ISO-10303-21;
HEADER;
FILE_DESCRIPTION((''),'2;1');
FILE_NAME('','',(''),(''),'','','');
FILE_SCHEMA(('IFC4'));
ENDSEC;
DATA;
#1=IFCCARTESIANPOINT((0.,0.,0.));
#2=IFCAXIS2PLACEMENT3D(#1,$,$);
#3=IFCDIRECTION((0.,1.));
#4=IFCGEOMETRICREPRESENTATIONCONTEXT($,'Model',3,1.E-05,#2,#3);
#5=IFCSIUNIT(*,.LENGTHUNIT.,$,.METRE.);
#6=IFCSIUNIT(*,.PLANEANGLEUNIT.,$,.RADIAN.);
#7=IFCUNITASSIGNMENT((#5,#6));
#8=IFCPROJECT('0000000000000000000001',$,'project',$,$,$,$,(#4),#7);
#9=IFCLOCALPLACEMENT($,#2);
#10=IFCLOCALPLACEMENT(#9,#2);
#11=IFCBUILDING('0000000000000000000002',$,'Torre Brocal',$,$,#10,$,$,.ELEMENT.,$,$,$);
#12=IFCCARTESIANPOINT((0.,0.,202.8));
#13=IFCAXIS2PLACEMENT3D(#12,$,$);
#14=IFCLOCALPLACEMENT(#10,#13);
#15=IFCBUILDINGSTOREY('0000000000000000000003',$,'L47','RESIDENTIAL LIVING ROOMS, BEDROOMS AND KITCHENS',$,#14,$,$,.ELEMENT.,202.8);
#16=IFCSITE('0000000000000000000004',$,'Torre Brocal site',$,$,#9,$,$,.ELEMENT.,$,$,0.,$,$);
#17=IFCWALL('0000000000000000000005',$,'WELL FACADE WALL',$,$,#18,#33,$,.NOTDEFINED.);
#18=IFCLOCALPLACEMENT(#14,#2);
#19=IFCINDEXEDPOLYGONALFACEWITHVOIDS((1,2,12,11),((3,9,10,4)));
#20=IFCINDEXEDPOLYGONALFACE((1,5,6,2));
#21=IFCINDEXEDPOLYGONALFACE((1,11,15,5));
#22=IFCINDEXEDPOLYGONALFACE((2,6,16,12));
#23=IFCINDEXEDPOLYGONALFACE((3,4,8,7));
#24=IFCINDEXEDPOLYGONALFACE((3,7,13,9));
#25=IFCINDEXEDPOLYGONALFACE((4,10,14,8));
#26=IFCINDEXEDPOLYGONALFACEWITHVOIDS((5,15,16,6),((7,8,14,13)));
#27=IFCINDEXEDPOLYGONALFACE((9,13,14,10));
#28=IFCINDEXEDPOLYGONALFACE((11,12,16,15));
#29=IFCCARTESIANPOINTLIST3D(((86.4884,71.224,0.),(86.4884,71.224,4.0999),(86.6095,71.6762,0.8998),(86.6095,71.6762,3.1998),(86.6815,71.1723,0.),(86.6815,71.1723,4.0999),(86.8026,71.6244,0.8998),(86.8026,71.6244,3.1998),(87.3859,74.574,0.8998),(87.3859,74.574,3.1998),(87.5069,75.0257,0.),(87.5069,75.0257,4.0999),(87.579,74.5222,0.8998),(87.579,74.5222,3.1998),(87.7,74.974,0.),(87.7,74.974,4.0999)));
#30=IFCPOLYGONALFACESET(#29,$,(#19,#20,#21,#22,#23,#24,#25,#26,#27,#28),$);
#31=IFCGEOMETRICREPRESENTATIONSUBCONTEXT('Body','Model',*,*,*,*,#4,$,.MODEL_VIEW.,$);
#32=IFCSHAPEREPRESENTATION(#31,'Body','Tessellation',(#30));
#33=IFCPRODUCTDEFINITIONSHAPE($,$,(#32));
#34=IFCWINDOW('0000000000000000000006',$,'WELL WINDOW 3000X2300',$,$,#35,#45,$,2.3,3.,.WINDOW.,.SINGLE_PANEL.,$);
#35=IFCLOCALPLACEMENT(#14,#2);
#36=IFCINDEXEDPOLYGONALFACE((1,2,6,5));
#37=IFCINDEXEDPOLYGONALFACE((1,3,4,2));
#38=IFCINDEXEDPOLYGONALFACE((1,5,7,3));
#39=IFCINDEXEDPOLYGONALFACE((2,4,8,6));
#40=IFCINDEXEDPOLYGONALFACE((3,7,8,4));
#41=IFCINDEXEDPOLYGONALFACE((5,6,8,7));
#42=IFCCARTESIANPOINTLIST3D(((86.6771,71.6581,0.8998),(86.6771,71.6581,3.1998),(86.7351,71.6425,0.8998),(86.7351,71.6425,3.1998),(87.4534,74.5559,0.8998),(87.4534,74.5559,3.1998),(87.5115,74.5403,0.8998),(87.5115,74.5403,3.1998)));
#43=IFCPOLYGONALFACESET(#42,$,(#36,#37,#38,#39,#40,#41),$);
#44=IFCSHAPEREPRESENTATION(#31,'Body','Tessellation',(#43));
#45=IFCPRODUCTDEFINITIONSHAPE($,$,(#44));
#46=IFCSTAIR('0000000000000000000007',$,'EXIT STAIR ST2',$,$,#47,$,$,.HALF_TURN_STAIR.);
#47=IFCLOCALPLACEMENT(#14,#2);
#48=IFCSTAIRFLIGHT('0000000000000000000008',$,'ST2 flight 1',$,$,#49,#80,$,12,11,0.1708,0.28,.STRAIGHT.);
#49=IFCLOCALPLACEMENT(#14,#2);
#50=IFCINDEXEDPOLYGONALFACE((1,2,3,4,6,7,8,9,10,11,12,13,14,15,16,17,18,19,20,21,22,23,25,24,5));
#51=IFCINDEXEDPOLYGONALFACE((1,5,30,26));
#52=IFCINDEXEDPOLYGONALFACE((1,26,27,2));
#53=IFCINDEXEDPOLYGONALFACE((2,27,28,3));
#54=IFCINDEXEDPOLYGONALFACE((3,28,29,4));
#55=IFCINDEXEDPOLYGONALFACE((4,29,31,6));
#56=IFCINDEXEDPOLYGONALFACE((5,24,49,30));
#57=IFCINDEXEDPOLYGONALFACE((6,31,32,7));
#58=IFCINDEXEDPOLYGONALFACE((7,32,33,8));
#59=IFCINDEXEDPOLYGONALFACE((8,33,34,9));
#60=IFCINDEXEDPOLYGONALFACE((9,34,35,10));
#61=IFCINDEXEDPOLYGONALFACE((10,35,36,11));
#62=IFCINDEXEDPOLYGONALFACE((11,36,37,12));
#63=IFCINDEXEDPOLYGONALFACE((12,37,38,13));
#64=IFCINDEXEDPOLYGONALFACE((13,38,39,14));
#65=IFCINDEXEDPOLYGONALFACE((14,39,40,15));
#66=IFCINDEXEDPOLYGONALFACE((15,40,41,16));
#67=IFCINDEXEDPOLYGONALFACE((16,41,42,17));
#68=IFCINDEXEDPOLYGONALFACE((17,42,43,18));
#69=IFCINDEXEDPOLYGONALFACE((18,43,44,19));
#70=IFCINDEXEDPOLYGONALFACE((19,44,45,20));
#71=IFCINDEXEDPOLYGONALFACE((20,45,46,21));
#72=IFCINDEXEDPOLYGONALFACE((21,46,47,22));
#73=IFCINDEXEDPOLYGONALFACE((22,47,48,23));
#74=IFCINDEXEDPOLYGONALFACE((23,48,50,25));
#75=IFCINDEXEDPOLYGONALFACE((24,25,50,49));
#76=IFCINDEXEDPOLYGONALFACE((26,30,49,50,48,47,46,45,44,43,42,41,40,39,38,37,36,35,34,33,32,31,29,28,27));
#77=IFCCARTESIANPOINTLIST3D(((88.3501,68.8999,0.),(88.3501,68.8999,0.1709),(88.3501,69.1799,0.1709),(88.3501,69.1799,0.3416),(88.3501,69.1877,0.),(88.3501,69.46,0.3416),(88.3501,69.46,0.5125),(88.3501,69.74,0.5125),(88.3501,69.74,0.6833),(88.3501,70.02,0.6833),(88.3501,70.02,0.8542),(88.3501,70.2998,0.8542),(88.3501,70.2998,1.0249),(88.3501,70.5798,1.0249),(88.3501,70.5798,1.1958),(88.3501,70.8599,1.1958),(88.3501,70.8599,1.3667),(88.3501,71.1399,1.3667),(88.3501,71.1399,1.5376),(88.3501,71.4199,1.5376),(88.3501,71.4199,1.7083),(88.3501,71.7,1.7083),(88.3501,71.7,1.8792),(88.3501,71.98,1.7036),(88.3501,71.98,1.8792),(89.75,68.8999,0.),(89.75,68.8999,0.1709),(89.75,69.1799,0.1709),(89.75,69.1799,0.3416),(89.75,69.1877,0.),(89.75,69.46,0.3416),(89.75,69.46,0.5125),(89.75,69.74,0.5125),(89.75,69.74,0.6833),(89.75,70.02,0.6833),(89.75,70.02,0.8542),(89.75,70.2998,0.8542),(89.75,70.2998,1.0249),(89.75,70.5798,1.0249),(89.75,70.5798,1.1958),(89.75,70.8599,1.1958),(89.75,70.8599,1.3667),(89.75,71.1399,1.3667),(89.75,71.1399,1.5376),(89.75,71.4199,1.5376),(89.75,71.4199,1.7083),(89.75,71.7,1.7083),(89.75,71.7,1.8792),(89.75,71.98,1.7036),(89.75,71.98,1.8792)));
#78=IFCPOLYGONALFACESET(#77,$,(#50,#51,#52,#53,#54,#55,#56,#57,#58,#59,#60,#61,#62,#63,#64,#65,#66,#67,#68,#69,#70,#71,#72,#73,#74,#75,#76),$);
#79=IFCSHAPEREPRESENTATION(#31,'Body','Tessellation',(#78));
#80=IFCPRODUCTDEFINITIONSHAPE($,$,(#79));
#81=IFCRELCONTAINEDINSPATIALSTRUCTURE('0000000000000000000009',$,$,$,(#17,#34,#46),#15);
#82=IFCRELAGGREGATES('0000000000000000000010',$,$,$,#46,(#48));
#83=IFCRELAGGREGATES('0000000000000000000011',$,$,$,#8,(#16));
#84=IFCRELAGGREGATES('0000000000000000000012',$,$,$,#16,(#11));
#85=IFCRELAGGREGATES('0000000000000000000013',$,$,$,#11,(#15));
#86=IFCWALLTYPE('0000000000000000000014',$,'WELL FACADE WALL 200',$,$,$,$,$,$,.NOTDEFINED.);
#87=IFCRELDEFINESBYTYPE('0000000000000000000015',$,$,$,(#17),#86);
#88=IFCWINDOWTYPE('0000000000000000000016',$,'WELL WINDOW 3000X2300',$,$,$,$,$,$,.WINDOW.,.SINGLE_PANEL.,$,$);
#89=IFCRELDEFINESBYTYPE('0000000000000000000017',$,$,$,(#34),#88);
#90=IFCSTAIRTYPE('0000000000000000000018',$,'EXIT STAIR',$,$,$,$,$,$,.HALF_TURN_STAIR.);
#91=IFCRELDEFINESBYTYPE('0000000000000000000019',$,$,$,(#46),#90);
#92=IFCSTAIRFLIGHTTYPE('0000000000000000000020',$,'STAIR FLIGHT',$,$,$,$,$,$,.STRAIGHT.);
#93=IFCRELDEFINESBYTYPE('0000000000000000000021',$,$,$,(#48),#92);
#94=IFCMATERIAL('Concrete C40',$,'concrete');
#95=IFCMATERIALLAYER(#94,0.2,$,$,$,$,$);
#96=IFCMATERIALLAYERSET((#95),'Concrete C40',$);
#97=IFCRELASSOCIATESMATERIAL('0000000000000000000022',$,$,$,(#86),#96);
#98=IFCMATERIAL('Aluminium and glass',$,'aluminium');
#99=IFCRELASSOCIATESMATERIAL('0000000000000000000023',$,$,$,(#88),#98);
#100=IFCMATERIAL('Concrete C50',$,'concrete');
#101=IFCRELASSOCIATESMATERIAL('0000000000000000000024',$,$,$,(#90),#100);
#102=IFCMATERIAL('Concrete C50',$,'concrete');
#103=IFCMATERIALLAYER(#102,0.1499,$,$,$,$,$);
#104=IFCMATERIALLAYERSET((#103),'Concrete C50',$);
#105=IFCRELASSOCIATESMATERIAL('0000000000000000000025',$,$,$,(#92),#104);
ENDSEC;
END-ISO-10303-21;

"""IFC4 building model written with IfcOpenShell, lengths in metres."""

from ifc_helpers import new_model, si_unit, direction, frame, frame_2d, origin, place, context, subcontext, project, spatial, polyline, rectangle, outline, extrude, material, layer, layer_set, type_object, element, fill, aggregate, save


model = new_model("IFC4")

# Units and contexts
model_context = context("Model", 3, precision=1e-05, world=origin(), true_north=direction((0.0, 1.0)))
body_context = subcontext(model_context, "Body", "Model", "MODEL_VIEW")
ifc_project = project(units=[si_unit("LENGTHUNIT", "METRE"), si_unit("PLANEANGLEUNIT", "RADIAN")], contexts=[model_context])

# Site, building, storey
site_placement = place(None, origin())
site = spatial("IfcSite", under=ifc_project, at=site_placement, Name="Torre Brocal site", CompositionType="ELEMENT", RefElevation=0.0)
building_placement = place(site_placement, origin())
building = spatial("IfcBuilding", under=site, at=building_placement, Name="Torre Brocal", CompositionType="ELEMENT")
storey_placement = place(building_placement, frame((0.0, 0.0, 202.8)))
storey = spatial("IfcBuildingStorey", under=building, at=storey_placement, Name="L47", Description="RESIDENTIAL LIVING ROOMS, BEDROOMS AND KITCHENS", CompositionType="ELEMENT", Elevation=202.8)

# Wall, opening, window
ifc_material_1 = material(Name="Concrete C40", Category="concrete")
ifc_layer_1 = layer(ifc_material_1, 0.2)
ifc_layer_set_1 = layer_set([ifc_layer_1], Name="Concrete C40")
wall_type_1 = type_object("IfcWallType", Name="WELL FACADE WALL 200", PredefinedType="NOTDEFINED", material=ifc_layer_set_1)
ifc_material_2 = material(Name="Aluminium and glass", Category="aluminium")
window_type = type_object("IfcWindowType", Name="WELL WINDOW 3000X2300", PartitioningType="SINGLE_PANEL", PredefinedType="WINDOW", material=ifc_material_2)
wall_1_placement = place(storey_placement, frame((86.585, 71.1982, 0.0), z_axis=(0.0, 0.0, 1.0), x_axis=(0.25879, 0.965934, 0.0)))
wall_1 = element("IfcWall", 1, at=wall_1_placement, inside=storey, type_object=wall_type_1, Name="WELL FACADE WALL", PredefinedType="NOTDEFINED", context=body_context, shape_type="SweptSolid", body=[
    extrude(rectangle(XDim=3.9358, YDim=0.2, at=frame_2d((1.9678, 0.0))), origin(), (0.0, 0.0, 1.0), 4.0999),
])
opening_1_placement = place(wall_1_placement, frame((0.468, 0.0, 0.8999)))
opening_1 = element("IfcOpeningElement", 2, at=opening_1_placement, cuts=wall_1, PredefinedType="OPENING", context=body_context, shape_type="SweptSolid", body=[
    extrude(rectangle(XDim=3.0, YDim=2.3, at=frame_2d((1.5, 1.1499))), frame((0.0, 0.1099, 0.0), z_axis=(0.0, -1.0, 0.0), x_axis=(1.0, 0.0, 0.0)), (0.0, 0.0, 1.0), 0.22),
])
window_1_placement = place(opening_1_placement, origin())
window_1 = element("IfcWindow", 3, at=window_1_placement, inside=storey, type_object=window_type, Name="WELL WINDOW 3000X2300", OverallHeight=2.3, OverallWidth=3.0, PartitioningType="SINGLE_PANEL", PredefinedType="WINDOW", context=body_context, shape_type="SweptSolid", body=[
    extrude(rectangle(XDim=3.0, YDim=2.3, at=frame_2d((1.5, 1.1499))), frame((0.0, 0.03, 0.0), z_axis=(0.0, -1.0, 0.0), x_axis=(1.0, 0.0, 0.0)), (0.0, 0.0, 1.0), 0.0601),
])
fill(opening_1, window_1)

# Stair, stair flight
ifc_material_3 = material(Name="Concrete C50", Category="concrete")
stair_type = type_object("IfcStairType", Name="EXIT STAIR", PredefinedType="HALF_TURN_STAIR", material=ifc_material_3)
stair_placement = place(storey_placement, origin())
stair = element("IfcStair", 4, at=stair_placement, inside=storey, type_object=stair_type, Name="EXIT STAIR ST2", PredefinedType="HALF_TURN_STAIR")
ifc_material_4 = material(Name="Concrete C50", Category="concrete")
ifc_layer_2 = layer(ifc_material_4, 0.1499)
ifc_layer_set_2 = layer_set([ifc_layer_2], Name="Concrete C50")
stair_flight_type = type_object("IfcStairFlightType", Name="STAIR FLIGHT", PredefinedType="STRAIGHT", material=ifc_layer_set_2)
stair_flight_placement = place(storey_placement, frame((89.05, 68.8999, 0.0), z_axis=(0.0, 0.0, 1.0), x_axis=(0.0, 1.0, 0.0)))
stair_flight = element("IfcStairFlight", 5, at=stair_flight_placement, type_object=stair_flight_type, Name="ST2 flight 1", NumberOfRisers=12, NumberOfTreads=11, PredefinedType="STRAIGHT", RiserHeight=0.1708, TreadLength=0.28, context=body_context, shape_type="SweptSolid", body=[
    extrude(outline(polyline([(0.0, 0.0), (0.0, 0.1709), (0.28, 0.1709), (0.28, 0.3416), (0.5601, 0.3416), (0.5601, 0.5125), (0.8401, 0.5125), (0.8401, 0.6833), (1.1201, 0.6833), (1.1201, 0.8542), (1.3999, 0.8542), (1.3999, 1.0249), (1.6799, 1.0249), (1.6799, 1.1958), (1.96, 1.1958), (1.96, 1.3667), (2.24, 1.3667), (2.24, 1.5376), (2.52, 1.5376), (2.52, 1.7083), (2.8, 1.7083), (2.8, 1.8792), (3.0801, 1.8792), (3.0801, 2.05), (3.0801, 1.7036), (0.2878, 0.0), (0.0, 0.0)])), frame((0.0, 0.7, 0.0), z_axis=(0.0, -1.0, 0.0), x_axis=(1.0, 0.0, 0.0)), (0.0, 0.0, 1.0), 1.3999),
])
aggregate(stair, [stair_flight])

save(model, "model.ifc")
